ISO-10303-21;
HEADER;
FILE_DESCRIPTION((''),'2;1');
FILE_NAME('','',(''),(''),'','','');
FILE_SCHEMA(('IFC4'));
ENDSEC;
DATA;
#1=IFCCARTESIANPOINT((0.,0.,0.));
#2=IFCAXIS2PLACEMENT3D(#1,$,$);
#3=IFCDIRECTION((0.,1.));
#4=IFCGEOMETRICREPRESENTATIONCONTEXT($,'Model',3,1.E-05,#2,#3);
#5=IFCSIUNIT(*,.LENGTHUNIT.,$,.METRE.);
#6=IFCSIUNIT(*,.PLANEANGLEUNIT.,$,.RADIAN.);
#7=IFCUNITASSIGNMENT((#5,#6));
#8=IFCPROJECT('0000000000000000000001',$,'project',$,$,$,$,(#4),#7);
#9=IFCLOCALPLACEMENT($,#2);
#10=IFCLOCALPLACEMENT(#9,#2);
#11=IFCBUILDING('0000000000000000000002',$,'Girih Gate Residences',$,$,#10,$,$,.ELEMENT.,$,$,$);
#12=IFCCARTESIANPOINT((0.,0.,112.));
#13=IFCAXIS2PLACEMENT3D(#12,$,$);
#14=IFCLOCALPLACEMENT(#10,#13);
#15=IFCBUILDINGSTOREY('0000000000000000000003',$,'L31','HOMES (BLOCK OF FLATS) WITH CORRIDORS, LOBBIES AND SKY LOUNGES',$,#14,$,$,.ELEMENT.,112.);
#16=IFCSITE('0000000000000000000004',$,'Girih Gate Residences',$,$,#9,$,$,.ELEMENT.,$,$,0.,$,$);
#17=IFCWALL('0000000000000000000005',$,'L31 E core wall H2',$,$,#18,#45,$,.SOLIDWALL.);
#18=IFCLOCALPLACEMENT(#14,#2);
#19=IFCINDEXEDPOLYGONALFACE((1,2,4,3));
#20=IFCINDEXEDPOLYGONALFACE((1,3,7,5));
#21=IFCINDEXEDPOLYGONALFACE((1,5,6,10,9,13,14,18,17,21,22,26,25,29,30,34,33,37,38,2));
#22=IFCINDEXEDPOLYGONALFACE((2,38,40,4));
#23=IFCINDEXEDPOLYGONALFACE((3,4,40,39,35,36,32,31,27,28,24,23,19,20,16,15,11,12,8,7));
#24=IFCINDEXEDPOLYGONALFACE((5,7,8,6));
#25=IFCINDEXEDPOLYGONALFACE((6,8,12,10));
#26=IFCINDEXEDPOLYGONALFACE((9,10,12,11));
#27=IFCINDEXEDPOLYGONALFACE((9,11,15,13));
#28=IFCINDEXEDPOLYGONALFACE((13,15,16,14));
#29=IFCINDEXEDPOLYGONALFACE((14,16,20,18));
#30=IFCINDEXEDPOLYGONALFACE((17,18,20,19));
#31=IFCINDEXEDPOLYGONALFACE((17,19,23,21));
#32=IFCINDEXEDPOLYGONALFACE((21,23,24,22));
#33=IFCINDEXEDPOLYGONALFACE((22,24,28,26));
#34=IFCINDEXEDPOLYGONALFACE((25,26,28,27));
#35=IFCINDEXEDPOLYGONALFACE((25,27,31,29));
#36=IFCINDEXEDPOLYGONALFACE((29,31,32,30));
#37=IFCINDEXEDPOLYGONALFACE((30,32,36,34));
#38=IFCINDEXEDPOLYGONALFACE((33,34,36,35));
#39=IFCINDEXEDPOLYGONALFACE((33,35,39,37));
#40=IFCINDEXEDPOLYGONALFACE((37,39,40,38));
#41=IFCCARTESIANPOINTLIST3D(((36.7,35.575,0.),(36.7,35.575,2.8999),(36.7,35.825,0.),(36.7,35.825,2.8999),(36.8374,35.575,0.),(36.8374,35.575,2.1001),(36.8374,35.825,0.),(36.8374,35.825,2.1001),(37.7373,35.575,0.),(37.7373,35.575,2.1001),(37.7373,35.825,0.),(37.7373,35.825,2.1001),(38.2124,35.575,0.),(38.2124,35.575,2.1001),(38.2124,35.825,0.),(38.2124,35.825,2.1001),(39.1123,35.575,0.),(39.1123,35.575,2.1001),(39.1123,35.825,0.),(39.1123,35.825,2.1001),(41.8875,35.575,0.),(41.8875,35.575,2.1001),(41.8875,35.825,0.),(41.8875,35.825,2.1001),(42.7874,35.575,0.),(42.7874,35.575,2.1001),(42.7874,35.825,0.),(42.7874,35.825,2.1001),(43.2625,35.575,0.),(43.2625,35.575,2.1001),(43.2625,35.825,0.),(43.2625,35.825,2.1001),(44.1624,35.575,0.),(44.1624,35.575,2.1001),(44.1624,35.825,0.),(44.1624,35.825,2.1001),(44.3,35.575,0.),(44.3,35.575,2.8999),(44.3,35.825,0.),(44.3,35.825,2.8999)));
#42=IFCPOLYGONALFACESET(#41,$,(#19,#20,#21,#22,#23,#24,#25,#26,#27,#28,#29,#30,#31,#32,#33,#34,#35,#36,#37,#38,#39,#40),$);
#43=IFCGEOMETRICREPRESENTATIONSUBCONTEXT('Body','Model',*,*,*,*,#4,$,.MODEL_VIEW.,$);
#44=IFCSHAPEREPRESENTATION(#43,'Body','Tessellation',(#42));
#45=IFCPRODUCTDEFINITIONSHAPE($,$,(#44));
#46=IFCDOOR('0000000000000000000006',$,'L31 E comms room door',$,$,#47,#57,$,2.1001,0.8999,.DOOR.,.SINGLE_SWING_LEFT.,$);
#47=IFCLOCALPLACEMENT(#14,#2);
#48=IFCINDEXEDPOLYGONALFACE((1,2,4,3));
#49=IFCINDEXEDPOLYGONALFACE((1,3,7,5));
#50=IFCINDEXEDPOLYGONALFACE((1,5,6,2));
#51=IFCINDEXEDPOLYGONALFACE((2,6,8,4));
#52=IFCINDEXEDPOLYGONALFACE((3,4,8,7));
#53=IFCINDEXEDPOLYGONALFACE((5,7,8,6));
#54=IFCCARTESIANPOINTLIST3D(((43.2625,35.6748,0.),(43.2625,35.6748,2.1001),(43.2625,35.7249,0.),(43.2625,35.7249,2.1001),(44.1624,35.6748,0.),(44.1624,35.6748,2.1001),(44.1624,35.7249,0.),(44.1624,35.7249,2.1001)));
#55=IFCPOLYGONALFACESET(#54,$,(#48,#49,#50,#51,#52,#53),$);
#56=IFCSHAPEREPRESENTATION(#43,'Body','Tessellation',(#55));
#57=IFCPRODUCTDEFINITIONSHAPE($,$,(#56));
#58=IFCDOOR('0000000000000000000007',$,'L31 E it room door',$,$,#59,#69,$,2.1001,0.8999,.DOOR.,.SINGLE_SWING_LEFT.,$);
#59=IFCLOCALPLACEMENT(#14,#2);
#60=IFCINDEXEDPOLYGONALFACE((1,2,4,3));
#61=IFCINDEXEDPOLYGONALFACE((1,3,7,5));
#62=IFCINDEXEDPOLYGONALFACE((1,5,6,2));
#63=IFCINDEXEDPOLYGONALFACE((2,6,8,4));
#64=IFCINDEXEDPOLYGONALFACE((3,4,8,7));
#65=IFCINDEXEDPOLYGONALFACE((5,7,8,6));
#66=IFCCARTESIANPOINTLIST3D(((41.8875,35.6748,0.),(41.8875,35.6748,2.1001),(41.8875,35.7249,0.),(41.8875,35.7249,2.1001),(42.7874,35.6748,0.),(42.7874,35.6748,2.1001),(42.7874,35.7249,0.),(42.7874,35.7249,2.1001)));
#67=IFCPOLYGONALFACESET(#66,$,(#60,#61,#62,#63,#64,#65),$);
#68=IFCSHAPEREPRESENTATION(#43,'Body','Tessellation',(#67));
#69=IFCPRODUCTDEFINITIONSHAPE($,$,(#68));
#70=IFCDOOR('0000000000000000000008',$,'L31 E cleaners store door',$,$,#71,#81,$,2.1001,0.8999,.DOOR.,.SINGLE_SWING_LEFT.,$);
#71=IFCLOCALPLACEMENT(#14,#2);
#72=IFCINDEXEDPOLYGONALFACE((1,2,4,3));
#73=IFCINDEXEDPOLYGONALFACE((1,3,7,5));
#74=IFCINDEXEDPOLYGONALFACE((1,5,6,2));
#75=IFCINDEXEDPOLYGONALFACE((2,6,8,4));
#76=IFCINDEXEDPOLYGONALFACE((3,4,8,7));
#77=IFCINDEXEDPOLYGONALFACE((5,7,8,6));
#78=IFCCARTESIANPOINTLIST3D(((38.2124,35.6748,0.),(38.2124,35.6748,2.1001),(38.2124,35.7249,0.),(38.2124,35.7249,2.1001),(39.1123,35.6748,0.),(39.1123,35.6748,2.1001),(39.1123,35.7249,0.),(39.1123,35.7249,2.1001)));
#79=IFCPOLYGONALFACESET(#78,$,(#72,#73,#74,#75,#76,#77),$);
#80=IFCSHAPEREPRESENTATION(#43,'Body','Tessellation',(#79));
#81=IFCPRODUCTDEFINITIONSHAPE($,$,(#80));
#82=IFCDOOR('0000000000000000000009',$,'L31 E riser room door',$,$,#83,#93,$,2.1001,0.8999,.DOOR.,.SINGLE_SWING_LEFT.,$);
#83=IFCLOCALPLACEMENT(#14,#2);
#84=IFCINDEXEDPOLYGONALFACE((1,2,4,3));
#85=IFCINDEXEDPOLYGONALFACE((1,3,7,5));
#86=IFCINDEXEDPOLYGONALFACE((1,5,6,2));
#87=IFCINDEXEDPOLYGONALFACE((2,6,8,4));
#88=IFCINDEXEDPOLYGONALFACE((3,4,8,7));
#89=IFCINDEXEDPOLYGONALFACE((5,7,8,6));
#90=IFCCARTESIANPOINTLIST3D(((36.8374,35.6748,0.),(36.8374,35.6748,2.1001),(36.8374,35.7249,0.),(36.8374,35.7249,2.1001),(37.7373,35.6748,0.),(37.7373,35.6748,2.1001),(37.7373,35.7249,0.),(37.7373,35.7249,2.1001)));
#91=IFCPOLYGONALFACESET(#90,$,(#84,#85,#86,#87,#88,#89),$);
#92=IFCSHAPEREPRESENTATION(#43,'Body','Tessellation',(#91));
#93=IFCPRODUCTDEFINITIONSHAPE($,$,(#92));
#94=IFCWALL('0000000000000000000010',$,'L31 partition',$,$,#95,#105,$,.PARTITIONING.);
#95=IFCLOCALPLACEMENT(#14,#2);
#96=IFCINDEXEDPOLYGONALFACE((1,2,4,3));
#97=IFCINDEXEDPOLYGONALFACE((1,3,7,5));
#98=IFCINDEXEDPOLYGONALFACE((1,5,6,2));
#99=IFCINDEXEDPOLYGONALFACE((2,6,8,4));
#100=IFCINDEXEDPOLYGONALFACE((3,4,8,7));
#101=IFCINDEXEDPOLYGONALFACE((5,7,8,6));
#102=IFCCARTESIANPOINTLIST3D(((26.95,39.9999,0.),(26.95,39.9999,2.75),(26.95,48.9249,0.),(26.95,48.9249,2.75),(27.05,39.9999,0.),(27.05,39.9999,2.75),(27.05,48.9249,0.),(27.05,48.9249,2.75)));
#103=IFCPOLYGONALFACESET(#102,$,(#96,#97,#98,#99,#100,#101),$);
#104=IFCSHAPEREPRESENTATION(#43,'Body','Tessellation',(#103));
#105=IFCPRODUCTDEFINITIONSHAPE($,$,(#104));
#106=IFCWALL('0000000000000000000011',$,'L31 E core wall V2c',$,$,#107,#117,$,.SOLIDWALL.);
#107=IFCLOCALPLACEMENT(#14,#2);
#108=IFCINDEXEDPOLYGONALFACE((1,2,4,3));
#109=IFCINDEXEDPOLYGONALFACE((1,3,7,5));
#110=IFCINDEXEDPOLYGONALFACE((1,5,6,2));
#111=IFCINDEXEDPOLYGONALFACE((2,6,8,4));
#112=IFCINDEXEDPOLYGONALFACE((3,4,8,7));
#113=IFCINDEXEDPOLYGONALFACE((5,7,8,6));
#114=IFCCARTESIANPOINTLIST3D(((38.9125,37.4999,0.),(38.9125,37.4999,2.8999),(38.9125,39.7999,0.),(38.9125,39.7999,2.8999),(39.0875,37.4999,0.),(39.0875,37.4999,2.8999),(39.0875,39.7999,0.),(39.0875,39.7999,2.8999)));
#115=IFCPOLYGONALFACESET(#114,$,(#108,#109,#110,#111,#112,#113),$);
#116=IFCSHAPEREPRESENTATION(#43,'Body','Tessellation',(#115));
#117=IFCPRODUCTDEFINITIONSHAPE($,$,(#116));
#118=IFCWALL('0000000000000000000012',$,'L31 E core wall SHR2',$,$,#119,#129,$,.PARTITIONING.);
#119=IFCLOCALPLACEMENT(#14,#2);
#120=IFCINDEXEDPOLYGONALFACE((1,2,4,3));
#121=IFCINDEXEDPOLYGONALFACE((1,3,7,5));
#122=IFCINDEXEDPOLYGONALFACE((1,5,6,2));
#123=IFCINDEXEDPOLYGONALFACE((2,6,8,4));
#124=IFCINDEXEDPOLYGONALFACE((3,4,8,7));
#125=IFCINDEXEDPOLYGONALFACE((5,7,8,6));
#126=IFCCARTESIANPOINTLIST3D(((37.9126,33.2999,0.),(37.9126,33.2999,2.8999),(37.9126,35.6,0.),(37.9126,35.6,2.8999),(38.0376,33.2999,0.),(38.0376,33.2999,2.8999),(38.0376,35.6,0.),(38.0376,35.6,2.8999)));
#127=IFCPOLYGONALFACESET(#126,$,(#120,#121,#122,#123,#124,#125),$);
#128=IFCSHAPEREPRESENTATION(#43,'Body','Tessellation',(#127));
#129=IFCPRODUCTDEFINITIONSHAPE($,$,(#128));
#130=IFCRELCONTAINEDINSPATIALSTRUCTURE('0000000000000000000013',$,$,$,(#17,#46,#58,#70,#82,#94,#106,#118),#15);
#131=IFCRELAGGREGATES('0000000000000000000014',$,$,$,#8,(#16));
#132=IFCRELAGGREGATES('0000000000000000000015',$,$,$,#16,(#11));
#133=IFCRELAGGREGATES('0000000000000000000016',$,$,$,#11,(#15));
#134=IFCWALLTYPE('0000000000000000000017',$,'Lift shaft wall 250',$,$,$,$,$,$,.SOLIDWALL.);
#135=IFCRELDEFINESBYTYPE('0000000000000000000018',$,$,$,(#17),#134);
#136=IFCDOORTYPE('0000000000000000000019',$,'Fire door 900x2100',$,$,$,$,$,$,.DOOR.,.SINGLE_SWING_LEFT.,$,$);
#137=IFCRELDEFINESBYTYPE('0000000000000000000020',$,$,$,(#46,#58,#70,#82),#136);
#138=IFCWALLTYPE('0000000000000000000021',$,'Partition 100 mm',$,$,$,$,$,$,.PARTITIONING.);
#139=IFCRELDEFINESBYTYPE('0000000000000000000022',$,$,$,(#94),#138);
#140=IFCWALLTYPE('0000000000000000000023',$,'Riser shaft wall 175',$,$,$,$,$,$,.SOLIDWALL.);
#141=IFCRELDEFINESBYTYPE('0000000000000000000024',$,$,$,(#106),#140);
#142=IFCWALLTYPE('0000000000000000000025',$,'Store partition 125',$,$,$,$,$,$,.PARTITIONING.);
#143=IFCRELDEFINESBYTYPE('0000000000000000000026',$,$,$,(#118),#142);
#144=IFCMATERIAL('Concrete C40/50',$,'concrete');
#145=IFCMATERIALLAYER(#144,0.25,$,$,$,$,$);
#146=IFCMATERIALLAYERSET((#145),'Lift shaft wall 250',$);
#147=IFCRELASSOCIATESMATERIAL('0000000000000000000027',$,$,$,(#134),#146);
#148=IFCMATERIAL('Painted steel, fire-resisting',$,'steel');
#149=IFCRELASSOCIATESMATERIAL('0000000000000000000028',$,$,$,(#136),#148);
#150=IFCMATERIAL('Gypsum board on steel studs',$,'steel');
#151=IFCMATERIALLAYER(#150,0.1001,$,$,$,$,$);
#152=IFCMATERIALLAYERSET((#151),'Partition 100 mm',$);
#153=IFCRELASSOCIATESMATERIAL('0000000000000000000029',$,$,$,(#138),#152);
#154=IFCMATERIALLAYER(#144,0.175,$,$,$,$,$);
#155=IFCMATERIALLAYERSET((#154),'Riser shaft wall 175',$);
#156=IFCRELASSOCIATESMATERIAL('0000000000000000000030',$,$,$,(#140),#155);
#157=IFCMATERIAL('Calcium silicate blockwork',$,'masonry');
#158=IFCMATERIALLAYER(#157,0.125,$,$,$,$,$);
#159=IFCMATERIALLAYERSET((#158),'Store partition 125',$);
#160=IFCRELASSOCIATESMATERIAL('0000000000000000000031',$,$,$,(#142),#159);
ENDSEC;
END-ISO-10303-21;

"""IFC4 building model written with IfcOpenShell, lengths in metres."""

from ifc_helpers import new_model, si_unit, direction, frame, frame_2d, origin, place, context, subcontext, project, spatial, rectangle, extrude, material, layer, layer_set, type_object, element, fill, save


model = new_model("IFC4")

# Units and contexts
model_context = context("Model", 3, precision=1e-05, world=origin(), true_north=direction((0.0, 1.0)))
body_context = subcontext(model_context, "Body", "Model", "MODEL_VIEW")
ifc_project = project(units=[si_unit("LENGTHUNIT", "METRE"), si_unit("PLANEANGLEUNIT", "RADIAN")], contexts=[model_context])

# Site, building, storey
site_placement = place(None, origin())
site = spatial("IfcSite", under=ifc_project, at=site_placement, Name="Girih Gate Residences", CompositionType="ELEMENT", RefElevation=0.0)
building_placement = place(site_placement, origin())
building = spatial("IfcBuilding", under=site, at=building_placement, Name="Girih Gate Residences", CompositionType="ELEMENT")
storey_placement = place(building_placement, frame((0.0, 0.0, 112.0)))
storey = spatial("IfcBuildingStorey", under=building, at=storey_placement, Name="L31", Description="HOMES (BLOCK OF FLATS) WITH CORRIDORS, LOBBIES AND SKY LOUNGES", CompositionType="ELEMENT", Elevation=112.0)

# Shared definitions
ifc_material_1 = material(Name="Gypsum board on steel studs", Category="steel")

# Wall, openings, doors
ifc_material_2 = material(Name="Concrete C40/50", Category="concrete")
ifc_layer_1 = layer(ifc_material_2, 0.25)
ifc_layer_set_1 = layer_set([ifc_layer_1], Name="Lift shaft wall 250")
wall_type_1 = type_object("IfcWallType", Name="Lift shaft wall 250", PredefinedType="SOLIDWALL", material=ifc_layer_set_1)
wall_1_placement = place(storey_placement, frame((36.7, 35.7, 0.0), z_axis=(0.0, 0.0, 1.0), x_axis=(1.0, 0.0, 0.0)))
wall_1 = element("IfcWall", 1, at=wall_1_placement, inside=storey, type_object=wall_type_1, Name="L31 E core wall H2", PredefinedType="SOLIDWALL", context=body_context, shape_type="SweptSolid", body=[
    extrude(rectangle(XDim=7.6001, YDim=0.25, at=frame_2d((3.8, 0.0))), origin(), (0.0, 0.0, 1.0), 2.8999),
])
opening_1_placement = place(wall_1_placement, frame((6.5625, 0.0, 0.0)))
opening_1 = element("IfcOpeningElement", 2, at=opening_1_placement, cuts=wall_1, PredefinedType="OPENING", context=body_context, shape_type="SweptSolid", body=[
    extrude(rectangle(XDim=0.8999, YDim=2.1001, at=frame_2d((0.45, 1.05))), frame((0.0, 0.135, 0.0), z_axis=(0.0, -1.0, 0.0), x_axis=(1.0, 0.0, 0.0)), (0.0, 0.0, 1.0), 0.27),
])
opening_2_placement = place(wall_1_placement, frame((5.1875, 0.0, 0.0)))
opening_2 = element("IfcOpeningElement", 3, at=opening_2_placement, cuts=wall_1, PredefinedType="OPENING", context=body_context, shape_type="SweptSolid", body=[
    extrude(rectangle(XDim=0.8999, YDim=2.1001, at=frame_2d((0.45, 1.05))), frame((0.0, 0.135, 0.0), z_axis=(0.0, -1.0, 0.0), x_axis=(1.0, 0.0, 0.0)), (0.0, 0.0, 1.0), 0.27),
])
opening_3_placement = place(wall_1_placement, frame((1.5125, 0.0, 0.0)))
opening_3 = element("IfcOpeningElement", 4, at=opening_3_placement, cuts=wall_1, PredefinedType="OPENING", context=body_context, shape_type="SweptSolid", body=[
    extrude(rectangle(XDim=0.8999, YDim=2.1001, at=frame_2d((0.45, 1.05))), frame((0.0, 0.135, 0.0), z_axis=(0.0, -1.0, 0.0), x_axis=(1.0, 0.0, 0.0)), (0.0, 0.0, 1.0), 0.27),
])
opening_4_placement = place(wall_1_placement, frame((0.1375, 0.0, 0.0)))
opening_4 = element("IfcOpeningElement", 5, at=opening_4_placement, cuts=wall_1, PredefinedType="OPENING", context=body_context, shape_type="SweptSolid", body=[
    extrude(rectangle(XDim=0.8999, YDim=2.1001, at=frame_2d((0.45, 1.05))), frame((0.0, 0.135, 0.0), z_axis=(0.0, -1.0, 0.0), x_axis=(1.0, 0.0, 0.0)), (0.0, 0.0, 1.0), 0.27),
])
ifc_material_3 = material(Name="Painted steel, fire-resisting", Category="steel")
door_type_1 = type_object("IfcDoorType", Name="Fire door 900x2100", OperationType="SINGLE_SWING_LEFT", PredefinedType="DOOR", material=ifc_material_3)
door_1_placement = place(opening_1_placement, origin())
door_1 = element("IfcDoor", 6, at=door_1_placement, inside=storey, type_object=door_type_1, Name="L31 E comms room door", OperationType="SINGLE_SWING_LEFT", OverallHeight=2.1001, OverallWidth=0.8999, PredefinedType="DOOR", context=body_context, shape_type="SweptSolid", body=[
    extrude(rectangle(XDim=0.8999, YDim=2.1001, at=frame_2d((0.45, 1.05))), frame((0.0, 0.0249, 0.0), z_axis=(0.0, -1.0, 0.0), x_axis=(1.0, 0.0, 0.0)), (0.0, 0.0, 1.0), 0.05),
])
fill(opening_1, door_1)
door_2_placement = place(opening_2_placement, origin())
door_2 = element("IfcDoor", 7, at=door_2_placement, inside=storey, type_object=door_type_1, Name="L31 E it room door", OperationType="SINGLE_SWING_LEFT", OverallHeight=2.1001, OverallWidth=0.8999, PredefinedType="DOOR", context=body_context, shape_type="SweptSolid", body=[
    extrude(rectangle(XDim=0.8999, YDim=2.1001, at=frame_2d((0.45, 1.05))), frame((0.0, 0.0249, 0.0), z_axis=(0.0, -1.0, 0.0), x_axis=(1.0, 0.0, 0.0)), (0.0, 0.0, 1.0), 0.05),
])
fill(opening_2, door_2)
door_3_placement = place(opening_3_placement, origin())
door_3 = element("IfcDoor", 8, at=door_3_placement, inside=storey, type_object=door_type_1, Name="L31 E cleaners store door", OperationType="SINGLE_SWING_LEFT", OverallHeight=2.1001, OverallWidth=0.8999, PredefinedType="DOOR", context=body_context, shape_type="SweptSolid", body=[
    extrude(rectangle(XDim=0.8999, YDim=2.1001, at=frame_2d((0.45, 1.05))), frame((0.0, 0.0249, 0.0), z_axis=(0.0, -1.0, 0.0), x_axis=(1.0, 0.0, 0.0)), (0.0, 0.0, 1.0), 0.05),
])
fill(opening_3, door_3)
door_4_placement = place(opening_4_placement, origin())
door_4 = element("IfcDoor", 9, at=door_4_placement, inside=storey, type_object=door_type_1, Name="L31 E riser room door", OperationType="SINGLE_SWING_LEFT", OverallHeight=2.1001, OverallWidth=0.8999, PredefinedType="DOOR", context=body_context, shape_type="SweptSolid", body=[
    extrude(rectangle(XDim=0.8999, YDim=2.1001, at=frame_2d((0.45, 1.05))), frame((0.0, 0.0249, 0.0), z_axis=(0.0, -1.0, 0.0), x_axis=(1.0, 0.0, 0.0)), (0.0, 0.0, 1.0), 0.05),
])
fill(opening_4, door_4)

# Walls
ifc_layer_2 = layer(ifc_material_1, 0.1001)
ifc_layer_set_2 = layer_set([ifc_layer_2], Name="Partition 100 mm")
wall_type_2 = type_object("IfcWallType", Name="Partition 100 mm", PredefinedType="PARTITIONING", material=ifc_layer_set_2)
wall_2_placement = place(storey_placement, frame((27.0, 40.0, 0.0), z_axis=(0.0, 0.0, 1.0), x_axis=(0.0, 1.0, 0.0)))
element("IfcWall", 10, at=wall_2_placement, inside=storey, type_object=wall_type_2, Name="L31 partition", PredefinedType="PARTITIONING", context=body_context, shape_type="SweptSolid", body=[
    extrude(rectangle(XDim=8.925, YDim=0.1001, at=frame_2d((4.4624, 0.0))), origin(), (0.0, 0.0, 1.0), 2.75),
])
ifc_layer_3 = layer(ifc_material_2, 0.175)
ifc_layer_set_3 = layer_set([ifc_layer_3], Name="Riser shaft wall 175")
wall_type_3 = type_object("IfcWallType", Name="Riser shaft wall 175", PredefinedType="SOLIDWALL", material=ifc_layer_set_3)
wall_3_placement = place(storey_placement, frame((39.0, 37.5, 0.0), z_axis=(0.0, 0.0, 1.0), x_axis=(0.0, 1.0, 0.0)))
element("IfcWall", 11, at=wall_3_placement, inside=storey, type_object=wall_type_3, Name="L31 E core wall V2c", PredefinedType="SOLIDWALL", context=body_context, shape_type="SweptSolid", body=[
    extrude(rectangle(XDim=2.3, YDim=0.175, at=frame_2d((1.1499, 0.0))), origin(), (0.0, 0.0, 1.0), 2.8999),
])
ifc_material_4 = material(Name="Calcium silicate blockwork", Category="masonry")
ifc_layer_4 = layer(ifc_material_4, 0.125)
ifc_layer_set_4 = layer_set([ifc_layer_4], Name="Store partition 125")
wall_type_4 = type_object("IfcWallType", Name="Store partition 125", PredefinedType="PARTITIONING", material=ifc_layer_set_4)
wall_4_placement = place(storey_placement, frame((37.9751, 33.3, 0.0), z_axis=(0.0, 0.0, 1.0), x_axis=(0.0, 1.0, 0.0)))
element("IfcWall", 12, at=wall_4_placement, inside=storey, type_object=wall_type_4, Name="L31 E core wall SHR2", PredefinedType="PARTITIONING", context=body_context, shape_type="SweptSolid", body=[
    extrude(rectangle(XDim=2.3, YDim=0.125, at=frame_2d((1.1499, 0.0))), origin(), (0.0, 0.0, 1.0), 2.8999),
])

save(model, "model.ifc")
